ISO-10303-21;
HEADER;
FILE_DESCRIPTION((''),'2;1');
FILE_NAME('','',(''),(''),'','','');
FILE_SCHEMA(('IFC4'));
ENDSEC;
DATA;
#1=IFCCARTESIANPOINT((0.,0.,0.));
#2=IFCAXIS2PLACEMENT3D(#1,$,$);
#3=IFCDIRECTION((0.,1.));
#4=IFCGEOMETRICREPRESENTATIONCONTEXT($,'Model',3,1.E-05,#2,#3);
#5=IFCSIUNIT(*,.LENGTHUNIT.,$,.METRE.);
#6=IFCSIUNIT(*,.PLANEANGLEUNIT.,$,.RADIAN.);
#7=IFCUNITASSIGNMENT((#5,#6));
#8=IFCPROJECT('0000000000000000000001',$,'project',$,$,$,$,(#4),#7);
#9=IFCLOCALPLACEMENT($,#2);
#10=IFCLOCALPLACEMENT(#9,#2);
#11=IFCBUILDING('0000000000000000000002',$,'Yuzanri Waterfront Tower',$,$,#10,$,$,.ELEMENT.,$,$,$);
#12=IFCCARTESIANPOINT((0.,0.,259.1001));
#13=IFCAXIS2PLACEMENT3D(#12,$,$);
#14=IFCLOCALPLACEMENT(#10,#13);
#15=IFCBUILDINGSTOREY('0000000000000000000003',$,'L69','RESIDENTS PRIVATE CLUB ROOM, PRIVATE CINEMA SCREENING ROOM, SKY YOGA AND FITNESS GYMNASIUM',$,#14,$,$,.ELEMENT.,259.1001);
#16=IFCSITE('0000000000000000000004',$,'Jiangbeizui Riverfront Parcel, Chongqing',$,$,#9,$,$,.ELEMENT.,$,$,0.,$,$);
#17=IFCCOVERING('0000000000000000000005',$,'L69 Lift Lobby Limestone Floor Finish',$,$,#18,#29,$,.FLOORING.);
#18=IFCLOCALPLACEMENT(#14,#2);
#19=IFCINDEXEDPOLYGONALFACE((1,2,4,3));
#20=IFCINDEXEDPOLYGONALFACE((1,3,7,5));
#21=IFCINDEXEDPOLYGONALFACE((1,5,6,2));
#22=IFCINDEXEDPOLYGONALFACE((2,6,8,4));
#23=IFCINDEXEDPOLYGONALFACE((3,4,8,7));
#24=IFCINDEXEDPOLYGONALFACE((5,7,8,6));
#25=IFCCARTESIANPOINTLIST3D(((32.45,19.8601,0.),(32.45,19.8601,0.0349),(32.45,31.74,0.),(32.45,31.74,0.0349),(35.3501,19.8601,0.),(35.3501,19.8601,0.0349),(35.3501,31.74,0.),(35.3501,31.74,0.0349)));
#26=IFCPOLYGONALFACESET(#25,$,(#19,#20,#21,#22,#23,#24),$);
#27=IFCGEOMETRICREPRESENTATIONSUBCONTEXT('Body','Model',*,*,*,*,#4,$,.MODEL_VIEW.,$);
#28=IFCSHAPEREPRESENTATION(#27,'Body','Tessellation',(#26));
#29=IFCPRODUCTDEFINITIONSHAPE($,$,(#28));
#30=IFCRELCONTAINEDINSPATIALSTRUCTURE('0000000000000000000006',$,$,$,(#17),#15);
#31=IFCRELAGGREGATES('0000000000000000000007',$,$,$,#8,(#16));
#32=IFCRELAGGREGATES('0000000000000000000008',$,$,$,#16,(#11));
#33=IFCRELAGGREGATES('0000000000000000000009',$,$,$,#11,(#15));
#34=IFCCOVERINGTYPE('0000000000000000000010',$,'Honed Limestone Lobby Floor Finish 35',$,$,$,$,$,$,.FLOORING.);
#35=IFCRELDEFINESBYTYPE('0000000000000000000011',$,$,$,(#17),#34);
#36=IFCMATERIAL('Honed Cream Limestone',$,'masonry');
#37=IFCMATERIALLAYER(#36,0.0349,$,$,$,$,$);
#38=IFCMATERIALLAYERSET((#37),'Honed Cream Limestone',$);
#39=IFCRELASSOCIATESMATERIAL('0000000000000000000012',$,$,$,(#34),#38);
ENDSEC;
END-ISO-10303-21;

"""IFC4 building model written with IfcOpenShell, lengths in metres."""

from ifc_helpers import new_model, si_unit, direction, frame, origin, place, context, subcontext, project, spatial, polyline, outline, extrude, material, layer, layer_set, type_object, element, save


model = new_model("IFC4")

# Units and contexts
model_context = context("Model", 3, precision=1e-05, world=origin(), true_north=direction((0.0, 1.0)))
body_context = subcontext(model_context, "Body", "Model", "MODEL_VIEW")
ifc_project = project(units=[si_unit("LENGTHUNIT", "METRE"), si_unit("PLANEANGLEUNIT", "RADIAN")], contexts=[model_context])

# Site, building, storey
site_placement = place(None, origin())
site = spatial("IfcSite", under=ifc_project, at=site_placement, Name="Jiangbeizui Riverfront Parcel, Chongqing", CompositionType="ELEMENT", RefElevation=0.0)
building_placement = place(site_placement, origin())
building = spatial("IfcBuilding", under=site, at=building_placement, Name="Yuzanri Waterfront Tower", CompositionType="ELEMENT")
storey_placement = place(building_placement, frame((0.0, 0.0, 259.1001)))
storey = spatial("IfcBuildingStorey", under=building, at=storey_placement, Name="L69", Description="RESIDENTS PRIVATE CLUB ROOM, PRIVATE CINEMA SCREENING ROOM, SKY YOGA AND FITNESS GYMNASIUM", CompositionType="ELEMENT", Elevation=259.1001)

# Covering
ifc_material_1 = material(Name="Honed Cream Limestone", Category="masonry")
ifc_layer_1 = layer(ifc_material_1, 0.0349)
ifc_layer_set_1 = layer_set([ifc_layer_1], Name="Honed Cream Limestone")
covering_type_1 = type_object("IfcCoveringType", Name="Honed Limestone Lobby Floor Finish 35", PredefinedType="FLOORING", material=ifc_layer_set_1)
covering_1_placement = place(storey_placement, origin())
element("IfcCovering", 1, at=covering_1_placement, inside=storey, type_object=covering_type_1, Name="L69 Lift Lobby Limestone Floor Finish", PredefinedType="FLOORING", context=body_context, shape_type="SweptSolid", body=[
    extrude(outline(polyline([(32.45, 19.8601), (35.3501, 19.8601), (35.3501, 31.74), (32.45, 31.74), (32.45, 19.8601)])), origin(), (0.0, 0.0, 1.0), 0.0349),
])

save(model, "model.ifc")
